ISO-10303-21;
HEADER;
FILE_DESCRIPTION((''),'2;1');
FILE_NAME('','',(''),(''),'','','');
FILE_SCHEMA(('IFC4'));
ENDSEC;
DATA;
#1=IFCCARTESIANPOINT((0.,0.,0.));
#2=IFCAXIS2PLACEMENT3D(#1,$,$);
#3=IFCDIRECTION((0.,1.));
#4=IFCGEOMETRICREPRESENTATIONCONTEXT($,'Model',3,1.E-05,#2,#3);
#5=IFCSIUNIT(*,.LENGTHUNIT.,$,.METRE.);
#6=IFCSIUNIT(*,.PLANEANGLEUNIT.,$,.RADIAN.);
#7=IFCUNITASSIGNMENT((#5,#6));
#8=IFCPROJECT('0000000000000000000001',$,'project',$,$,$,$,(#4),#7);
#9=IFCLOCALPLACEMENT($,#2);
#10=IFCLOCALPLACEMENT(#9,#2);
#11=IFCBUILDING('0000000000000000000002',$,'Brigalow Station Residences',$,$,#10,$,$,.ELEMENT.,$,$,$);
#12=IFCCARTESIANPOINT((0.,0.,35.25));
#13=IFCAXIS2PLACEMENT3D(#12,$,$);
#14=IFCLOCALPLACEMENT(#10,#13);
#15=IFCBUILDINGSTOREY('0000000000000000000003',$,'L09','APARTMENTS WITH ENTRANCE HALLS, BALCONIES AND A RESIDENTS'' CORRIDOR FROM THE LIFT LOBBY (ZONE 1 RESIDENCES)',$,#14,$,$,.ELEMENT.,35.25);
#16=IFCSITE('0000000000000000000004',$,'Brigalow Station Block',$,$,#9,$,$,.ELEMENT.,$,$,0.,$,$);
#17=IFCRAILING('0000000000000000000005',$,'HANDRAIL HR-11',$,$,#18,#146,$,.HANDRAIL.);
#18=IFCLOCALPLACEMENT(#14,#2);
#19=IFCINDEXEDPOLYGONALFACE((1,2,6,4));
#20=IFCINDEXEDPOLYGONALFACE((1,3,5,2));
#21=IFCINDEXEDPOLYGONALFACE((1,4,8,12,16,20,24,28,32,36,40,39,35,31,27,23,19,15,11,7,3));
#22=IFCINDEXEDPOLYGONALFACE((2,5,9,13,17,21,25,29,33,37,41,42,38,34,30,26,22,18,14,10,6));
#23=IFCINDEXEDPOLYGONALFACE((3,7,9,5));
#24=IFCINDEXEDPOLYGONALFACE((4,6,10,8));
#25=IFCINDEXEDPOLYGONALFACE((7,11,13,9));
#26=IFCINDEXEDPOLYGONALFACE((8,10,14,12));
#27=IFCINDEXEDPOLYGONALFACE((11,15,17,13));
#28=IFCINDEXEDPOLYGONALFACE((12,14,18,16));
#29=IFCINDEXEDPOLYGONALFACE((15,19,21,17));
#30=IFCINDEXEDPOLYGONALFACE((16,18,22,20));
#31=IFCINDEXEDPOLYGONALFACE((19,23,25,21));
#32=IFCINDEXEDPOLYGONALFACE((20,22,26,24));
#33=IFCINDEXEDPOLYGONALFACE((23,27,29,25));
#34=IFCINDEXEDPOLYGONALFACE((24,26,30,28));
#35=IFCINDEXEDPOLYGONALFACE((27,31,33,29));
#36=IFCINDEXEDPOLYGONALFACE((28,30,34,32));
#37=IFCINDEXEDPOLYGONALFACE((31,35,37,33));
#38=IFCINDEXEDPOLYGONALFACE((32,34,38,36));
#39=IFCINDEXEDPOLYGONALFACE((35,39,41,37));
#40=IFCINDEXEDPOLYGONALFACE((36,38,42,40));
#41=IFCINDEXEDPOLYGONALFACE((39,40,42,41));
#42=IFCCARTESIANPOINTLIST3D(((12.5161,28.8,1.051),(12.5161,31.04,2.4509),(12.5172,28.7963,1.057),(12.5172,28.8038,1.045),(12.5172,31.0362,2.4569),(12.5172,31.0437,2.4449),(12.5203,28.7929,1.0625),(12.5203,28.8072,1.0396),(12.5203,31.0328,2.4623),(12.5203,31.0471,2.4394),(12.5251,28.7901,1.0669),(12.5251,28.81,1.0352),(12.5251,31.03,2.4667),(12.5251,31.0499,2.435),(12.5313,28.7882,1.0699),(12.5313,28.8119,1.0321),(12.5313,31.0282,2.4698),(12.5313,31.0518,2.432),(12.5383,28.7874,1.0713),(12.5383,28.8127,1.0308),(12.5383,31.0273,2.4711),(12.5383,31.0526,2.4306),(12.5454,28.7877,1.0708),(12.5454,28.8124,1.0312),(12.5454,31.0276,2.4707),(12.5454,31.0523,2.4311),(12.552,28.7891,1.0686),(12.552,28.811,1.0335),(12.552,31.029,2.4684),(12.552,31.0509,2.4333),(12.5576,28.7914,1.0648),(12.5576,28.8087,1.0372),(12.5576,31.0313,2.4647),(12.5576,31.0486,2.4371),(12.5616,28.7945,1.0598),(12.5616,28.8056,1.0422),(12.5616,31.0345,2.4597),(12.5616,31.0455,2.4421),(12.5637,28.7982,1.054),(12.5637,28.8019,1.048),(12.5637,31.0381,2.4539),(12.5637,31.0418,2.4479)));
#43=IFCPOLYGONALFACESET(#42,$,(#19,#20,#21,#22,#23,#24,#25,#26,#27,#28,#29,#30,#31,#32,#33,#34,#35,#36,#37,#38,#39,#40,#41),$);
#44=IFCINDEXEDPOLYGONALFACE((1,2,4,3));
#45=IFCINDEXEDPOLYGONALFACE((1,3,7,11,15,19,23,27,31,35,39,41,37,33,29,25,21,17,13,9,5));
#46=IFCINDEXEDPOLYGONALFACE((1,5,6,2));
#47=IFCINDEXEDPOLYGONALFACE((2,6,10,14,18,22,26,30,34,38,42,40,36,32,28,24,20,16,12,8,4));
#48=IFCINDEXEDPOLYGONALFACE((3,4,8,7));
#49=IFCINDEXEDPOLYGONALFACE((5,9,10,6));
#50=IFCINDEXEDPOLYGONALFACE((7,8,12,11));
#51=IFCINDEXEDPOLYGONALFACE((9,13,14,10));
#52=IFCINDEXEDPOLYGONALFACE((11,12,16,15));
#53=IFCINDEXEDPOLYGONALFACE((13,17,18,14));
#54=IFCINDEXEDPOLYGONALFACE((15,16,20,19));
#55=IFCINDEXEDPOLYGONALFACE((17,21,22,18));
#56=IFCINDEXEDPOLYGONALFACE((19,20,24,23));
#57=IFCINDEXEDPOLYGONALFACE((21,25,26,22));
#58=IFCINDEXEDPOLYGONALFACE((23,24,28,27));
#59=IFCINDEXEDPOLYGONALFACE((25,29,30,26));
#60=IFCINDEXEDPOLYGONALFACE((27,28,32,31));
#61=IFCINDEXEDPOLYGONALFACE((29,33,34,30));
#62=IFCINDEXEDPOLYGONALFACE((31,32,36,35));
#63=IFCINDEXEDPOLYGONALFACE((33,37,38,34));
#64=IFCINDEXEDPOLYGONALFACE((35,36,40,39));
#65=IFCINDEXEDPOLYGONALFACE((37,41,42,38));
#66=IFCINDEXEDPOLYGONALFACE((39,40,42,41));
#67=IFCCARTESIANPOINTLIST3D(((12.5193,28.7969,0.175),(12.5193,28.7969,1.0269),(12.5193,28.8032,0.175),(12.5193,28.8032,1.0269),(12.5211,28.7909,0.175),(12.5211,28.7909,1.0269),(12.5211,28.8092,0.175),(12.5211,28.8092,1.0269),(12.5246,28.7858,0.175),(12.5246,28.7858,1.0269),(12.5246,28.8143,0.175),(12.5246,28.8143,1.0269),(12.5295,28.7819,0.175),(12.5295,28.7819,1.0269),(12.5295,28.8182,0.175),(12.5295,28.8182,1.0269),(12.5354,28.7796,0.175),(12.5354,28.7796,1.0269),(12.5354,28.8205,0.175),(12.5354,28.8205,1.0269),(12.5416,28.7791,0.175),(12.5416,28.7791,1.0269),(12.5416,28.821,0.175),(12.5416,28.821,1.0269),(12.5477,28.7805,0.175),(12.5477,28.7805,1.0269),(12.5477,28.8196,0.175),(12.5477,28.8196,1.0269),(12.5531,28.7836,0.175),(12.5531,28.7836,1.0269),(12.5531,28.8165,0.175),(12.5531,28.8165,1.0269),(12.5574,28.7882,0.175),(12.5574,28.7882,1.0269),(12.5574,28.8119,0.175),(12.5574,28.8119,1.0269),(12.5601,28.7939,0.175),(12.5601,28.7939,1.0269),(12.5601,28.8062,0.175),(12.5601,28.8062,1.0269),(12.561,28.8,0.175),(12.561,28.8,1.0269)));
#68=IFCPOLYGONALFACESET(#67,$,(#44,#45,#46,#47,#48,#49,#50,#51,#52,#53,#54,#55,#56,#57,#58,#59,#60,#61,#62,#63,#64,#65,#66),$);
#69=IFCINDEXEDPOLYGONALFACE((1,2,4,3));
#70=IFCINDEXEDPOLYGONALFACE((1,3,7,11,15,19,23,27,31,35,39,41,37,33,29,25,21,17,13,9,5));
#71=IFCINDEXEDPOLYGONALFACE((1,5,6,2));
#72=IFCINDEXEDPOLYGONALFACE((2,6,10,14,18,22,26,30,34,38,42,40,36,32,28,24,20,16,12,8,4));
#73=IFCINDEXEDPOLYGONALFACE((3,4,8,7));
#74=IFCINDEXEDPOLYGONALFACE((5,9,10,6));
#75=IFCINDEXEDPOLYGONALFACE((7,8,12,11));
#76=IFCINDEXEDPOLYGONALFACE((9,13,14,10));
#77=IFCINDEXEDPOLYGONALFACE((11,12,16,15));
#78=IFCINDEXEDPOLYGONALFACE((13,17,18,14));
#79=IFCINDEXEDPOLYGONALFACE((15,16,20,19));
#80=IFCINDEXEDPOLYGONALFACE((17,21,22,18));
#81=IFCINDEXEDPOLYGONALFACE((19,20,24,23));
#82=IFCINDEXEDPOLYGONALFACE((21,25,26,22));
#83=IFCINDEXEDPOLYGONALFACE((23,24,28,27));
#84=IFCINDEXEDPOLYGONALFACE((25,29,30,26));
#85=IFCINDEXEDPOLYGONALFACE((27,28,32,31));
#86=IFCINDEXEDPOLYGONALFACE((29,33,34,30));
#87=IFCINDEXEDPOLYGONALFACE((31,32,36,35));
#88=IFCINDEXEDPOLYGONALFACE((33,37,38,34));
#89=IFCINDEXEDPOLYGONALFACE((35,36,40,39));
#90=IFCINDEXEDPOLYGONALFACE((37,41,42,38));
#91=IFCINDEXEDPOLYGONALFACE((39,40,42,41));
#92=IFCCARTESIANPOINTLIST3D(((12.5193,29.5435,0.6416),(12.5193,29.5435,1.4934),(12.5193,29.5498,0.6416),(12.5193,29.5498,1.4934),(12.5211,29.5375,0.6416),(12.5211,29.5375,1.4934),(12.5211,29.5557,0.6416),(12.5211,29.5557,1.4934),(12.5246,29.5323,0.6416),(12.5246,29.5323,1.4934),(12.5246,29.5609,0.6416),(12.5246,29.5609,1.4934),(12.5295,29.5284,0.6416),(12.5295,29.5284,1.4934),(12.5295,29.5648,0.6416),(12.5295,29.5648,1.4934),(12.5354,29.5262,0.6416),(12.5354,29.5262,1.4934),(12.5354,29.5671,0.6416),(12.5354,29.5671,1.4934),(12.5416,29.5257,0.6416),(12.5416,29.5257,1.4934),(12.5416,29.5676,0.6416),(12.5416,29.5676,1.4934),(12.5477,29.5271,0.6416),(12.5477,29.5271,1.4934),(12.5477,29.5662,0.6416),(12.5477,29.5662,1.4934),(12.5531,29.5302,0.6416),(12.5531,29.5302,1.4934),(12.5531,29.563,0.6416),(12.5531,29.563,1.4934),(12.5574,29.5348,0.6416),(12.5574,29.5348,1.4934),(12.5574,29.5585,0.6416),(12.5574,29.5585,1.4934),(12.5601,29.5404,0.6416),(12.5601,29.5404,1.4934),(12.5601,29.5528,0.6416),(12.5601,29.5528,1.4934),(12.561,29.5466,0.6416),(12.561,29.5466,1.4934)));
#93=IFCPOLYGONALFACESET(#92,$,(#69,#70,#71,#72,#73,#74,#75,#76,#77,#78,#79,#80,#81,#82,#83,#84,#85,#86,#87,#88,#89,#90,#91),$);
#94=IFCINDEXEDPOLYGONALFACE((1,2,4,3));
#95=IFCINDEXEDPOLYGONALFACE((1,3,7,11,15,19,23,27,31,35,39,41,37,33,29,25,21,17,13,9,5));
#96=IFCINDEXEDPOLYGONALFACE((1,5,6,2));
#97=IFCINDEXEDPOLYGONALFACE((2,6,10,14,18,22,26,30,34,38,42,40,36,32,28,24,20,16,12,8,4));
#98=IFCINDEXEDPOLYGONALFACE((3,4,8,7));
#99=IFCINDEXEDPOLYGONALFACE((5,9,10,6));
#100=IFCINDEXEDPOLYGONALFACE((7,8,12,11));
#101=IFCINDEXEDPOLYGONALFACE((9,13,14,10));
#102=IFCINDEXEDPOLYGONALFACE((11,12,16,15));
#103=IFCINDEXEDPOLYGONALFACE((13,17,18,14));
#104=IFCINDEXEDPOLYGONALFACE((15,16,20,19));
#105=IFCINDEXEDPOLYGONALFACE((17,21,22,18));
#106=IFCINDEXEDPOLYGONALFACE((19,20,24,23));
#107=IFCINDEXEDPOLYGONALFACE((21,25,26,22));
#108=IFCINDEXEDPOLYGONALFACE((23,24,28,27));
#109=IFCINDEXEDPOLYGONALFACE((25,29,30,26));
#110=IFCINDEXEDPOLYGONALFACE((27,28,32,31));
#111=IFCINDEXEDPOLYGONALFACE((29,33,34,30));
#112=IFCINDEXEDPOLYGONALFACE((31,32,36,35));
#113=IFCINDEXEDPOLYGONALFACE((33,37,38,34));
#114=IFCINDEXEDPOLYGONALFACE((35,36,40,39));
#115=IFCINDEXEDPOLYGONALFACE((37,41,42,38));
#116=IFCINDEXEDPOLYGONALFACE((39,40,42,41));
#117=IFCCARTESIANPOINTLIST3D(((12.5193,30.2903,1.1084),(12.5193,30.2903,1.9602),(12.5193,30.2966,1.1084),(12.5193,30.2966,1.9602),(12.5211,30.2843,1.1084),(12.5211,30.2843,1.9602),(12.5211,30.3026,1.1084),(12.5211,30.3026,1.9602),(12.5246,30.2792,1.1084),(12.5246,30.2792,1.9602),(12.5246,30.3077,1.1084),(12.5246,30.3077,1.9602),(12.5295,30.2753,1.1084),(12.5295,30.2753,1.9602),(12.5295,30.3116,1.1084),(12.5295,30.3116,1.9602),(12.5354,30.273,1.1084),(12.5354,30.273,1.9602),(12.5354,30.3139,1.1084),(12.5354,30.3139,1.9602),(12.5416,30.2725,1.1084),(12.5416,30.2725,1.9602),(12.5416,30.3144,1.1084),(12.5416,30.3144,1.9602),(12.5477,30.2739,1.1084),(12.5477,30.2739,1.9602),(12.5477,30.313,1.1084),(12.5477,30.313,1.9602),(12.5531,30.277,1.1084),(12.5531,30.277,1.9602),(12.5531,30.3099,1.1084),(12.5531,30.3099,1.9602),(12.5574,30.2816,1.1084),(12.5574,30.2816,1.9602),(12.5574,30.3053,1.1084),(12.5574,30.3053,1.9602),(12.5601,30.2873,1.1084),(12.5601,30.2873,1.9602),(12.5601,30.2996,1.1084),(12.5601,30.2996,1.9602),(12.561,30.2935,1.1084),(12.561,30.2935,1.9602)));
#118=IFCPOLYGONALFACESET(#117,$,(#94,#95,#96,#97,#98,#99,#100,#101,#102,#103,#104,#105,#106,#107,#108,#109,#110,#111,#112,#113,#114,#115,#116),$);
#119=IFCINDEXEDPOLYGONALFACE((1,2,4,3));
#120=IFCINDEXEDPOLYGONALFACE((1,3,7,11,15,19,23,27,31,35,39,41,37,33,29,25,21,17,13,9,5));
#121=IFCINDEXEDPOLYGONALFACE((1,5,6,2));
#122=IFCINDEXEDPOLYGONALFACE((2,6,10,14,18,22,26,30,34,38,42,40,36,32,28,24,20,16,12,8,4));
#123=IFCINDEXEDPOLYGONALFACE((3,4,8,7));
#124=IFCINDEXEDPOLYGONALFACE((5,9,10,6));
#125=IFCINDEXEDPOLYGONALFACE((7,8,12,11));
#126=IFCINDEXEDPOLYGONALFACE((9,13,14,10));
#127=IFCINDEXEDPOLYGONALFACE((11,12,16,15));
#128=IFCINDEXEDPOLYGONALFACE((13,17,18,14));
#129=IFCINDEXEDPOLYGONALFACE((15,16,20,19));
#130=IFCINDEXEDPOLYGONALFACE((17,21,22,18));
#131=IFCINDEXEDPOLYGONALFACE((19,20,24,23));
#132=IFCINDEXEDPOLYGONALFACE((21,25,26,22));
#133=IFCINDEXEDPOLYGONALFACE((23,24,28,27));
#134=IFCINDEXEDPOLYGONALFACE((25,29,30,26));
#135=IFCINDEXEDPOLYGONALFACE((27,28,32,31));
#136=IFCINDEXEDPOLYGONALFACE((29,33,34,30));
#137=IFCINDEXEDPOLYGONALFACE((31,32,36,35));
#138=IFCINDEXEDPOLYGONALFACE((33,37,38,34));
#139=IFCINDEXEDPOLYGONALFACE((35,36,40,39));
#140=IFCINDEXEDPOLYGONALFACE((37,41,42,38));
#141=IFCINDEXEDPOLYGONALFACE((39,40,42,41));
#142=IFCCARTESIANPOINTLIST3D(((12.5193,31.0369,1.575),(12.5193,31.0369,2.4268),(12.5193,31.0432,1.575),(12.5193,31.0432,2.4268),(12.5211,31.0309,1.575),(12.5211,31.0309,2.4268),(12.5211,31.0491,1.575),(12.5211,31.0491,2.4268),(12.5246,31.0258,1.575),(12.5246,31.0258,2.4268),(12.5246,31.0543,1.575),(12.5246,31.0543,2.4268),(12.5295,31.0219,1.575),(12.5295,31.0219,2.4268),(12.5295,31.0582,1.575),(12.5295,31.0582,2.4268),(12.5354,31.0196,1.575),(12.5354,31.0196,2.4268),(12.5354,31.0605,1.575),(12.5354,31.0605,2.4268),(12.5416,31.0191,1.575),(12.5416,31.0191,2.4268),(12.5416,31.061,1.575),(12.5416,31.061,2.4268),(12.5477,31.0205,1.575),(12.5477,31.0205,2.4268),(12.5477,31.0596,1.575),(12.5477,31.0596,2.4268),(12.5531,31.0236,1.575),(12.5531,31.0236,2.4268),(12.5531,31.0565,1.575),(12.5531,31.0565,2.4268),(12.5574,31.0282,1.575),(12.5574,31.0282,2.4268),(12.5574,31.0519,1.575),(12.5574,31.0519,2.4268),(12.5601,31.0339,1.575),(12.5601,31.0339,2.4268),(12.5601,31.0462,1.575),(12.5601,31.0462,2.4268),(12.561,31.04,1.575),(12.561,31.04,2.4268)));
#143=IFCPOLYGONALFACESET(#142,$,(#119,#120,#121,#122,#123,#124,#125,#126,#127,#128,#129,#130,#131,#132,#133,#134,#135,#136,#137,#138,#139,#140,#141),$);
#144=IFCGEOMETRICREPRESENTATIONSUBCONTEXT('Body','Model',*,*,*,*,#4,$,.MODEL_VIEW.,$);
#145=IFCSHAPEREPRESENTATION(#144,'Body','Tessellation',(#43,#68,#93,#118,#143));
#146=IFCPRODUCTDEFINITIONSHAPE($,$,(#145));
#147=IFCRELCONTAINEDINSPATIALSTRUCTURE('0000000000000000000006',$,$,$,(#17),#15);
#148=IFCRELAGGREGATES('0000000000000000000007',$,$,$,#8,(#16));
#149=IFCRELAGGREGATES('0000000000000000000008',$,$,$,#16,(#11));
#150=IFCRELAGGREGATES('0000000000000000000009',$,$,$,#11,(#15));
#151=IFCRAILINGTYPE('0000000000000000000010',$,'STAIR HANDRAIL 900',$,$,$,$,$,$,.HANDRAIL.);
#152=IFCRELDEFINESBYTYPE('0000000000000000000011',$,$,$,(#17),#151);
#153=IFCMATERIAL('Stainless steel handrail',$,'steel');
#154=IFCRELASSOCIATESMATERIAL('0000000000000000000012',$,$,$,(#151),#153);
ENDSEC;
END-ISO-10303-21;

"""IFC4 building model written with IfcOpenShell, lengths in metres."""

from ifc_helpers import new_model, si_unit, direction, frame, origin, origin_2d, place, context, subcontext, project, spatial, circle, extrude, material, type_object, element, save


model = new_model("IFC4")

# Units and contexts
model_context = context("Model", 3, precision=1e-05, world=origin(), true_north=direction((0.0, 1.0)))
body_context = subcontext(model_context, "Body", "Model", "MODEL_VIEW")
ifc_project = project(units=[si_unit("LENGTHUNIT", "METRE"), si_unit("PLANEANGLEUNIT", "RADIAN")], contexts=[model_context])

# Site, building, storey
site_placement = place(None, origin())
site = spatial("IfcSite", under=ifc_project, at=site_placement, Name="Brigalow Station Block", CompositionType="ELEMENT", RefElevation=0.0)
building_placement = place(site_placement, origin())
building = spatial("IfcBuilding", under=site, at=building_placement, Name="Brigalow Station Residences", CompositionType="ELEMENT")
storey_placement = place(building_placement, frame((0.0, 0.0, 35.25)))
storey = spatial("IfcBuildingStorey", under=building, at=storey_placement, Name="L09", Description="APARTMENTS WITH ENTRANCE HALLS, BALCONIES AND A RESIDENTS' CORRIDOR FROM THE LIFT LOBBY (ZONE 1 RESIDENCES)", CompositionType="ELEMENT", Elevation=35.25)

# Railing
ifc_material_1 = material(Name="Stainless steel handrail", Category="steel")
railing_type = type_object("IfcRailingType", Name="STAIR HANDRAIL 900", PredefinedType="HANDRAIL", material=ifc_material_1)
railing_placement = place(storey_placement, frame((12.54, 28.8, 0.175)))
element("IfcRailing", 1, at=railing_placement, inside=storey, type_object=railing_type, Name="HANDRAIL HR-11", PredefinedType="HANDRAIL", context=body_context, shape_type="SweptSolid", body=[
    extrude(circle(Radius=0.0239, at=origin_2d()), frame((0.0, 0.0, 0.876), z_axis=(0.0, 0.848014, 0.529974), x_axis=(-1.0, 0.0, 0.0)), (0.0, 0.0, 1.0), 2.6414),
    extrude(circle(Radius=0.021, at=origin_2d()), origin(), (0.0, 0.0, 1.0), 0.8518),
    extrude(circle(Radius=0.021, at=origin_2d()), frame((0.0, 0.7466, 0.4666)), (0.0, 0.0, 1.0), 0.8518),
    extrude(circle(Radius=0.021, at=origin_2d()), frame((0.0, 1.4934, 0.9333)), (0.0, 0.0, 1.0), 0.8518),
    extrude(circle(Radius=0.021, at=origin_2d()), frame((0.0, 2.24, 1.3999)), (0.0, 0.0, 1.0), 0.8518),
])

save(model, "model.ifc")
